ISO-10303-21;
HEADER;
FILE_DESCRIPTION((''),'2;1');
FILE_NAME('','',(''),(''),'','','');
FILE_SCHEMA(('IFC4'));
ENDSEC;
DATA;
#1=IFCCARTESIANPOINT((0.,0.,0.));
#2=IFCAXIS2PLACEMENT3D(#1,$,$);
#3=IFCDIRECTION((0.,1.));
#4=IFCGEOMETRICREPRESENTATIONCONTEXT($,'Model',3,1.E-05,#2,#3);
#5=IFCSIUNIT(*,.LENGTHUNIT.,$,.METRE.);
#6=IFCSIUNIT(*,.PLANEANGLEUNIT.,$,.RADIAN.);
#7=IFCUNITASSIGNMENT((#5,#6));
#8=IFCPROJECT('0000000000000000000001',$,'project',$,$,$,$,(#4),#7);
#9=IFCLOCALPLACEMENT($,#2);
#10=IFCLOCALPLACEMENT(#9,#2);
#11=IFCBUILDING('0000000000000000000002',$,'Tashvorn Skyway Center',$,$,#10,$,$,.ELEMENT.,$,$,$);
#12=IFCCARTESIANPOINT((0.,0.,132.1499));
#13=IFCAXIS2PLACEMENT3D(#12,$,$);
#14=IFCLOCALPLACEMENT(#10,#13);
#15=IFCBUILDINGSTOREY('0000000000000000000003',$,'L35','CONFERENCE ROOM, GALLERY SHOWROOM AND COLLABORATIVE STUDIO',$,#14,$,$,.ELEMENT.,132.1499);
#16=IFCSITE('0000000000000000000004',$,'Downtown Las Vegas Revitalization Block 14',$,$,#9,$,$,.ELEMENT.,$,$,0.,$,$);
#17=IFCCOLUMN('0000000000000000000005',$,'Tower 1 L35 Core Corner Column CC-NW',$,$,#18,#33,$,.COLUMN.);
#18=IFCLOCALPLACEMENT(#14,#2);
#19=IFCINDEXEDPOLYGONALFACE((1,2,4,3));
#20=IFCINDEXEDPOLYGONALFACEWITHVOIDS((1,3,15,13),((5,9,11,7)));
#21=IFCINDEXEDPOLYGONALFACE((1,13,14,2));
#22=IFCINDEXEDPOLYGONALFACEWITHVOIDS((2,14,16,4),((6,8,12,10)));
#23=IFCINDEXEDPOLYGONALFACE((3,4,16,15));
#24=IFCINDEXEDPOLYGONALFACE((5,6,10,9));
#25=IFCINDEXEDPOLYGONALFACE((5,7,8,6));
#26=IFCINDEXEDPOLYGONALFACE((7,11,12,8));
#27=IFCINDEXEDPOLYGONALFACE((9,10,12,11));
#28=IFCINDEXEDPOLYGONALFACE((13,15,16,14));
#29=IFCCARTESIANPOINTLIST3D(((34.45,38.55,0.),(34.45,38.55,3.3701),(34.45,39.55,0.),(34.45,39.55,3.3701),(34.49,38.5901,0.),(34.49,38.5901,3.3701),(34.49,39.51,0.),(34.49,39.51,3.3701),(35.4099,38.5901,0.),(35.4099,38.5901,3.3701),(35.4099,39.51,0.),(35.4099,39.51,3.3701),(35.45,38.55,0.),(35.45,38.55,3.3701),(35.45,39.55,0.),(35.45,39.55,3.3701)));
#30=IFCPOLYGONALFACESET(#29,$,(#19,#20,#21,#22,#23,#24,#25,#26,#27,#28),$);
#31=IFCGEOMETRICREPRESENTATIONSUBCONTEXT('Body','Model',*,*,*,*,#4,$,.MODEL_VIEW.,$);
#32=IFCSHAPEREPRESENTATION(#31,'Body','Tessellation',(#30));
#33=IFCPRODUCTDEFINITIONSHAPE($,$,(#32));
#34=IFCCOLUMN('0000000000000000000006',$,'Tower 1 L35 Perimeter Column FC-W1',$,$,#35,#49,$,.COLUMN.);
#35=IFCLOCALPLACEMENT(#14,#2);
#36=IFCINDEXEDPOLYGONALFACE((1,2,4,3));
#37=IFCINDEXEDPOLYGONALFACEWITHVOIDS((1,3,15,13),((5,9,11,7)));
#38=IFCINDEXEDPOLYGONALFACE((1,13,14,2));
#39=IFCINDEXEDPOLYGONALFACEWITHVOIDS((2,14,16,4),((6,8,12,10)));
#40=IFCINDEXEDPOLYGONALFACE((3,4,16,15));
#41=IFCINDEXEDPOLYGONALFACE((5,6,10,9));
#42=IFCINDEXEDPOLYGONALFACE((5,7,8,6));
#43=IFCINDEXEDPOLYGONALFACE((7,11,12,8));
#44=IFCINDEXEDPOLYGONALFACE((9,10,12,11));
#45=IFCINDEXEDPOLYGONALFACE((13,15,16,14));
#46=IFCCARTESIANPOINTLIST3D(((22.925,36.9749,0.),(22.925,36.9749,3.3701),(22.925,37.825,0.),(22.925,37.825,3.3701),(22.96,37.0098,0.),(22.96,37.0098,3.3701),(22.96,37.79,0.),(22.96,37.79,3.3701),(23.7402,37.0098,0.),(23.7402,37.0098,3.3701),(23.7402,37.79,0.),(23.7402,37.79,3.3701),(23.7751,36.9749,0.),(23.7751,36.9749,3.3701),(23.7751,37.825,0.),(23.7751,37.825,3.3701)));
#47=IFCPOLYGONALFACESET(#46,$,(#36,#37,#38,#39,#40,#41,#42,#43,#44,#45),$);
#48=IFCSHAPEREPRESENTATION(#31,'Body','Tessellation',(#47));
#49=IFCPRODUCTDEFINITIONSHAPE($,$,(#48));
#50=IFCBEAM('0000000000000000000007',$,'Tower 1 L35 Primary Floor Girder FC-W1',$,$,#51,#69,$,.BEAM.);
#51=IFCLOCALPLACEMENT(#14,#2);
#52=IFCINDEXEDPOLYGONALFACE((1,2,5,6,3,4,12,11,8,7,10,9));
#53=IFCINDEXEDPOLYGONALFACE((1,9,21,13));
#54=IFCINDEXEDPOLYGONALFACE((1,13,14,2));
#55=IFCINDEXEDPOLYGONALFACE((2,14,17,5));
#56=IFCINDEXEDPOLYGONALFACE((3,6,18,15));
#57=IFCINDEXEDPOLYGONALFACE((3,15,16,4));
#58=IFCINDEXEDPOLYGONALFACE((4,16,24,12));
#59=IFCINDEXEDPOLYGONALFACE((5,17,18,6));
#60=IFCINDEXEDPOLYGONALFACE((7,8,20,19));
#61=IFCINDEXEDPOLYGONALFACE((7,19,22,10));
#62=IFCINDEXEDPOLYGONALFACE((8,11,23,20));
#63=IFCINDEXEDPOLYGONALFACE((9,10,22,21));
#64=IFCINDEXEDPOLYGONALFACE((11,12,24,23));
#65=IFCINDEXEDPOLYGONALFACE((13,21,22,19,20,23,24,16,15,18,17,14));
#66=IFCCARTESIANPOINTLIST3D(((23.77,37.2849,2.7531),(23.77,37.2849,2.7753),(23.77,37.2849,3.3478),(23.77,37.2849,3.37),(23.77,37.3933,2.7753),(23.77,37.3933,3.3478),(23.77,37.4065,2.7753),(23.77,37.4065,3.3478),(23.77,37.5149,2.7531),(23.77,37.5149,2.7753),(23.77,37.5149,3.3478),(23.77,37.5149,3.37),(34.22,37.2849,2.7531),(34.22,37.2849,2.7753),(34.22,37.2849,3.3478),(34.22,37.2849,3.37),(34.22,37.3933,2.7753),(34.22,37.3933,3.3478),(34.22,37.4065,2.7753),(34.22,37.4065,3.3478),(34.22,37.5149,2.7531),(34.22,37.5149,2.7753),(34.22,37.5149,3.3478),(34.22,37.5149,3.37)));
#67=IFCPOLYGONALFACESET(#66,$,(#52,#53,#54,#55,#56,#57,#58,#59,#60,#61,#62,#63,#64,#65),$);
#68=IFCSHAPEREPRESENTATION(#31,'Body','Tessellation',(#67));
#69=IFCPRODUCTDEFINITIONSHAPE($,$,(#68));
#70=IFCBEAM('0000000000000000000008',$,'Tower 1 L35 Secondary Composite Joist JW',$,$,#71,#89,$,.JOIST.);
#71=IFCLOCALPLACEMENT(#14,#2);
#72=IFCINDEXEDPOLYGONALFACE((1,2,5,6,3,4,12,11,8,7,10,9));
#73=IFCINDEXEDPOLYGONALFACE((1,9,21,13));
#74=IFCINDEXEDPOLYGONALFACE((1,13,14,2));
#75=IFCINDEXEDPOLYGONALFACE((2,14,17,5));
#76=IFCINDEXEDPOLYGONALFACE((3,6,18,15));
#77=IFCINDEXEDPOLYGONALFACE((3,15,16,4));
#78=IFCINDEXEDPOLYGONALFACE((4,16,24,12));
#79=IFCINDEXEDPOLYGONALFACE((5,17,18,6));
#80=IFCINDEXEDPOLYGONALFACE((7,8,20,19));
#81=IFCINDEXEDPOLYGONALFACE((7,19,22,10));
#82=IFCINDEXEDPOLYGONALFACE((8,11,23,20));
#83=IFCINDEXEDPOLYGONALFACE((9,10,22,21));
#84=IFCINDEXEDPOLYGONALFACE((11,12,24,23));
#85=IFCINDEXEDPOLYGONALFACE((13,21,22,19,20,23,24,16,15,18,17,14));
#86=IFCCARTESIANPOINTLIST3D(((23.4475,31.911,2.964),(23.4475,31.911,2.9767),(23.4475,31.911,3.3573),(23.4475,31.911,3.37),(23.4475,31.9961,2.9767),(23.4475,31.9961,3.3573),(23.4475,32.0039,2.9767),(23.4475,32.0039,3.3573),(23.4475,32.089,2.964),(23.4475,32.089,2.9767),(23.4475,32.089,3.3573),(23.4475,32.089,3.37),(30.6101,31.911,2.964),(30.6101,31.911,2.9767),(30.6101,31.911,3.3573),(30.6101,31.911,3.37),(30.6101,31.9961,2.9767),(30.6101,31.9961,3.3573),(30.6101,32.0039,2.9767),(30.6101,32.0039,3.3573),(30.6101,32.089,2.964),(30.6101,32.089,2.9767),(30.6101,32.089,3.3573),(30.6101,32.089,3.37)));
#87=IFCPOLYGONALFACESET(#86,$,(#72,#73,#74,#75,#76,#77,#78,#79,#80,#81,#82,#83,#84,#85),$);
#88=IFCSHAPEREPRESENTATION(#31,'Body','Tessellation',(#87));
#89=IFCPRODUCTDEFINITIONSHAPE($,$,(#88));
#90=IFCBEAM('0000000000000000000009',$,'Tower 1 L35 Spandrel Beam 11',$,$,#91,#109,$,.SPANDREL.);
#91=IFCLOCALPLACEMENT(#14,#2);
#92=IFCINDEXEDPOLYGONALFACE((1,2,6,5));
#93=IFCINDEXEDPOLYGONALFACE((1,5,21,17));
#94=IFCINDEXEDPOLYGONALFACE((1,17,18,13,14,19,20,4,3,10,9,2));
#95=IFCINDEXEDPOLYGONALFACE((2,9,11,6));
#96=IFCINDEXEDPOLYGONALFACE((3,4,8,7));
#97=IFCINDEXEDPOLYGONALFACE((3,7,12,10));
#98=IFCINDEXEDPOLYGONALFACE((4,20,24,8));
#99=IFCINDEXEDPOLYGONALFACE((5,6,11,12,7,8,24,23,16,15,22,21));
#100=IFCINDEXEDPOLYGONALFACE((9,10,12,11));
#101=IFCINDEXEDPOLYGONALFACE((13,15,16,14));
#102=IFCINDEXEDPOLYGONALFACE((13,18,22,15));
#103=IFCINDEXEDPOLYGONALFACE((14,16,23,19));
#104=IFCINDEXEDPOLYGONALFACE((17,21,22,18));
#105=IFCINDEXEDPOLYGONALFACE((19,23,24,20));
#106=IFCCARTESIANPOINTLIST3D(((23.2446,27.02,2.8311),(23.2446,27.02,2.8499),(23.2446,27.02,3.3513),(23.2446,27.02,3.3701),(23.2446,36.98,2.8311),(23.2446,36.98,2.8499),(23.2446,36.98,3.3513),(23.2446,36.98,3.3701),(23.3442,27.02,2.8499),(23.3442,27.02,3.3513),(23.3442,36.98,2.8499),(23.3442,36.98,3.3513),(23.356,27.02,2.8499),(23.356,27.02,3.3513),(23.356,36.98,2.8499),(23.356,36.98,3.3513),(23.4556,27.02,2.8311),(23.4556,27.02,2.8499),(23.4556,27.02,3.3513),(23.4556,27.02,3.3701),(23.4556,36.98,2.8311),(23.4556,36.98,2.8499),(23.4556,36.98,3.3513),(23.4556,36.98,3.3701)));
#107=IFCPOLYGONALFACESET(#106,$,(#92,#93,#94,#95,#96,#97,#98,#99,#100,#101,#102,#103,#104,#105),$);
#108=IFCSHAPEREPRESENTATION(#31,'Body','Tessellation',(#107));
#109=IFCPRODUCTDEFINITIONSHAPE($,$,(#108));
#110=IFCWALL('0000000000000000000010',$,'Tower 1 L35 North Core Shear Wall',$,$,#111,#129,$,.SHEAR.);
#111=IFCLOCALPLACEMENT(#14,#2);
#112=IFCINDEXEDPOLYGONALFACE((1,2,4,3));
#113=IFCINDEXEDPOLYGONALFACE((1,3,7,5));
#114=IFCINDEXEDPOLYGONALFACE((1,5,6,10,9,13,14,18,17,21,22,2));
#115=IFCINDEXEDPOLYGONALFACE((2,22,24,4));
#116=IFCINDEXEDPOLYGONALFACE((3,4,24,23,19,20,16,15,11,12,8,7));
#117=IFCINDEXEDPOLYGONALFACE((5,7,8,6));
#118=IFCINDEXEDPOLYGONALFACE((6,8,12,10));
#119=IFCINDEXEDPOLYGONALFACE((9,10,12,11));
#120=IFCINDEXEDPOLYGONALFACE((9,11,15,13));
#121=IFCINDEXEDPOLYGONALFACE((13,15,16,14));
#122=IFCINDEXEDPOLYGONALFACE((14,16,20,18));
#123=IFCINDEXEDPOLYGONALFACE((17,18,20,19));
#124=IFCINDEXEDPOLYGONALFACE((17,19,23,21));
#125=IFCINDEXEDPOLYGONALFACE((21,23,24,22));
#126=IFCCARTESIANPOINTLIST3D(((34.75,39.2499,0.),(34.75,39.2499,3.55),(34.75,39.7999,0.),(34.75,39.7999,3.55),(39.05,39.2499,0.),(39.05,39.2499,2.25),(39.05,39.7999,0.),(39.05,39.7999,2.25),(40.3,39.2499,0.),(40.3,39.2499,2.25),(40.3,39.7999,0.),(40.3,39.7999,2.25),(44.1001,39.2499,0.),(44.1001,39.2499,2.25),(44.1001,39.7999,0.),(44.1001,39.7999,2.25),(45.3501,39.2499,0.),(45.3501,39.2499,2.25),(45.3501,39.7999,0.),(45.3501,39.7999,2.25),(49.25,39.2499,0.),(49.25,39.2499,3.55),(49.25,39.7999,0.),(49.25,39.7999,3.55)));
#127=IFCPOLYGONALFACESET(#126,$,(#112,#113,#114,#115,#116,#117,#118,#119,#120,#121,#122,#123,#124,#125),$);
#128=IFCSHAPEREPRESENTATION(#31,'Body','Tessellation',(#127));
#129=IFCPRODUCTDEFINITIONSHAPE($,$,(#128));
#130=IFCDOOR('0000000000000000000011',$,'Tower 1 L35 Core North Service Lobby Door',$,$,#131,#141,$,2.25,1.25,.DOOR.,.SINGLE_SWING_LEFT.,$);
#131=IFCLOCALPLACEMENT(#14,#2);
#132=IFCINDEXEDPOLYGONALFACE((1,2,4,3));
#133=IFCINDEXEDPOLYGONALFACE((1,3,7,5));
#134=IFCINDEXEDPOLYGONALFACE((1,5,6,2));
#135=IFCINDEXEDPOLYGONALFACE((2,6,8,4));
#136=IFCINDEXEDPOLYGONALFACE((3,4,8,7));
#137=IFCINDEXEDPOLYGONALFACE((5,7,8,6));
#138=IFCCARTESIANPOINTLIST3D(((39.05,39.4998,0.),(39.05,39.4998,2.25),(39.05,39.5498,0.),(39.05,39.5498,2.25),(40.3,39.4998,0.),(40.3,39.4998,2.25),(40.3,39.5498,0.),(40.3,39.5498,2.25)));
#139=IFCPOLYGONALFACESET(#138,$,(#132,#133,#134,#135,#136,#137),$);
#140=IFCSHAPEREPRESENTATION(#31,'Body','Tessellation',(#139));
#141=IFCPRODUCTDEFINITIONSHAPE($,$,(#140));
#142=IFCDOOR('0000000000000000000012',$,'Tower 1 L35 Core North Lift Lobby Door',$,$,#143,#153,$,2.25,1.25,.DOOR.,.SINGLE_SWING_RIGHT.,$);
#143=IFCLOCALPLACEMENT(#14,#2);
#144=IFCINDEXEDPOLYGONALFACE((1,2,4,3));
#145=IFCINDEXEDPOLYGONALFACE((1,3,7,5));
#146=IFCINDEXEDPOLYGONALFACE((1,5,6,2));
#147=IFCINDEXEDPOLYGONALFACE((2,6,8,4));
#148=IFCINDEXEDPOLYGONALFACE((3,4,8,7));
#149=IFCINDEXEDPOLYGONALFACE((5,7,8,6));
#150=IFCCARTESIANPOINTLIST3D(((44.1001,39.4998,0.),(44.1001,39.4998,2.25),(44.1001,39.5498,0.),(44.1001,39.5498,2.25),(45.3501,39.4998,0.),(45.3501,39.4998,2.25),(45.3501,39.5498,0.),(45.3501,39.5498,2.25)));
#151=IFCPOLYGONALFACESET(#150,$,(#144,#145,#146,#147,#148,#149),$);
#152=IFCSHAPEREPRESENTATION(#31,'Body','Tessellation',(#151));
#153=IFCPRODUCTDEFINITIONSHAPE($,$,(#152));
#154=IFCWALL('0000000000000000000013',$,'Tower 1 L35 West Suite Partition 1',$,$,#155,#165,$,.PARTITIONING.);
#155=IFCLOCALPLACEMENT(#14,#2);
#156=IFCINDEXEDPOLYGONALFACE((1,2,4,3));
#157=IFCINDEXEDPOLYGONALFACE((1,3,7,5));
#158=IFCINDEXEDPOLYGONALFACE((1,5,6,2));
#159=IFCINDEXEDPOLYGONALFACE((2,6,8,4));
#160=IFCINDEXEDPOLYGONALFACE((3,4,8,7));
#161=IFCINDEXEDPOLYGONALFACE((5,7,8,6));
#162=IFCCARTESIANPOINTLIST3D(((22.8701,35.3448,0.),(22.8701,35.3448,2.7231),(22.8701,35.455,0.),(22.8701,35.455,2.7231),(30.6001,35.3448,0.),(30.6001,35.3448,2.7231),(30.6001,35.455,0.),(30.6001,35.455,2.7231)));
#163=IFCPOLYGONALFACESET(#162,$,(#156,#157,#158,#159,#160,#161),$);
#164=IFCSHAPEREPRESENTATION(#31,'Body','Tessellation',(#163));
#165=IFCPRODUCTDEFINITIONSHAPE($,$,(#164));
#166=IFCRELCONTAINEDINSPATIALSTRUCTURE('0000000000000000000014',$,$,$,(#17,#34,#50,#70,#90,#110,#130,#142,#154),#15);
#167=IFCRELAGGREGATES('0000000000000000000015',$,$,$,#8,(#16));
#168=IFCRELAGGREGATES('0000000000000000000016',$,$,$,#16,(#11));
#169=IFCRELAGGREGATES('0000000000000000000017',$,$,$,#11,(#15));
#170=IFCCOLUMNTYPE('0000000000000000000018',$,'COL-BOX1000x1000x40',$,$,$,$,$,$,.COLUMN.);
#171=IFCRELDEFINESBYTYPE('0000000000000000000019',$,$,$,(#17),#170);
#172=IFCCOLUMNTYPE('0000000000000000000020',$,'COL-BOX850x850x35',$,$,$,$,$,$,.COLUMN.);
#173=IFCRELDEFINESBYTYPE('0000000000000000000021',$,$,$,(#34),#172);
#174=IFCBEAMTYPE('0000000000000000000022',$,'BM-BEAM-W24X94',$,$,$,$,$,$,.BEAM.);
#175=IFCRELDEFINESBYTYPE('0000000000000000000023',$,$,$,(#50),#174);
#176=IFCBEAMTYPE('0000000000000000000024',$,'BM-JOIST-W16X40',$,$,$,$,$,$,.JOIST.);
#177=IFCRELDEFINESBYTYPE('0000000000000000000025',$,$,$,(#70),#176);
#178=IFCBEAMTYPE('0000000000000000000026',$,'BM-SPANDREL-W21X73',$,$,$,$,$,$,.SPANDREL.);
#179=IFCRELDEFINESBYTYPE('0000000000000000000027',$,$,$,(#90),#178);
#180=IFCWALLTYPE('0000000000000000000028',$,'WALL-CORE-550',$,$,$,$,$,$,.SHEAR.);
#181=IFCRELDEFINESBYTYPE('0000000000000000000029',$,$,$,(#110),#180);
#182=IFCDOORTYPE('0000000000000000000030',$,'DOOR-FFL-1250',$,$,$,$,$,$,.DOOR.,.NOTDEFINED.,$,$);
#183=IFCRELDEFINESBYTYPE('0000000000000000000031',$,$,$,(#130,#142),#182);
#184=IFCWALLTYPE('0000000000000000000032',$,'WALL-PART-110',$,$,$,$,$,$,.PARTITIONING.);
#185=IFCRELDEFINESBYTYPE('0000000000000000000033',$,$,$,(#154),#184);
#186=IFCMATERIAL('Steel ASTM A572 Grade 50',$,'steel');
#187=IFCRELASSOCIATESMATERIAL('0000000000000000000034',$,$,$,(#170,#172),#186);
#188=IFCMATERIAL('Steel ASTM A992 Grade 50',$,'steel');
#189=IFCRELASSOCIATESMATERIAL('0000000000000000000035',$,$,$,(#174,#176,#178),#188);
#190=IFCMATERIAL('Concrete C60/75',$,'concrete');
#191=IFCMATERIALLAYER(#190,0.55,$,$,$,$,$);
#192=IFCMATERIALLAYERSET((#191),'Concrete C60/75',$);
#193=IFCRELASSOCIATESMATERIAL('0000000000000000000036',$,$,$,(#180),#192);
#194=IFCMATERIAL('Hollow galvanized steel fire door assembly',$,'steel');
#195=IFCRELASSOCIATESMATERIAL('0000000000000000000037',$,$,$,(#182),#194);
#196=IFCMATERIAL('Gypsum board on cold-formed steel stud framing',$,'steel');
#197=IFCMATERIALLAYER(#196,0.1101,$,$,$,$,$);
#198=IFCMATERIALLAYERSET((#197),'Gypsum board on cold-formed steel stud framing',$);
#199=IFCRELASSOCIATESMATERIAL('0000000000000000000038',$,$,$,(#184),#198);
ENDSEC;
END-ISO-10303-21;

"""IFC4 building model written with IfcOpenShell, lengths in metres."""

from ifc_helpers import new_model, si_unit, direction, frame, frame_2d, origin, origin_2d, place, context, subcontext, project, spatial, rectangle, hollow_rectangle, i_section, extrude, material, layer, layer_set, material_profile, profile_set, type_object, element, fill, save


model = new_model("IFC4")

# Units and contexts
model_context = context("Model", 3, precision=1e-05, world=origin(), true_north=direction((0.0, 1.0)))
body_context = subcontext(model_context, "Body", "Model", "MODEL_VIEW")
ifc_project = project(units=[si_unit("LENGTHUNIT", "METRE"), si_unit("PLANEANGLEUNIT", "RADIAN")], contexts=[model_context])

# Site, building, storey
site_placement = place(None, origin())
site = spatial("IfcSite", under=ifc_project, at=site_placement, Name="Downtown Las Vegas Revitalization Block 14", CompositionType="ELEMENT", RefElevation=0.0)
building_placement = place(site_placement, origin())
building = spatial("IfcBuilding", under=site, at=building_placement, Name="Tashvorn Skyway Center", CompositionType="ELEMENT")
storey_placement = place(building_placement, frame((0.0, 0.0, 132.1499)))
storey = spatial("IfcBuildingStorey", under=building, at=storey_placement, Name="L35", Description="CONFERENCE ROOM, GALLERY SHOWROOM AND COLLABORATIVE STUDIO", CompositionType="ELEMENT", Elevation=132.1499)

# Columns
ifc_material_1 = material(Name="Steel ASTM A572 Grade 50", Category="steel")
ifc_material_profile_1 = material_profile(ifc_material_1, hollow_rectangle(XDim=1.0, YDim=1.0, WallThickness=0.04, at=origin_2d()), Name="BOX1000x1000x40")
ifc_profile_set_1 = profile_set([ifc_material_profile_1], Name="Steel ASTM A572 Grade 50")
column_type_1 = type_object("IfcColumnType", Name="COL-BOX1000x1000x40", PredefinedType="COLUMN", material=ifc_profile_set_1)
column_1_placement = place(storey_placement, frame((34.95, 39.05, 0.0), z_axis=(0.0, 0.0, 1.0), x_axis=(1.0, 0.0, 0.0)))
element("IfcColumn", 1, at=column_1_placement, inside=storey, type_object=column_type_1, Name="Tower 1 L35 Core Corner Column CC-NW", PredefinedType="COLUMN", context=body_context, shape_type="SweptSolid", body=[
    extrude(hollow_rectangle(XDim=1.0, YDim=1.0, WallThickness=0.04, at=origin_2d()), origin(), (0.0, 0.0, 1.0), 3.3701),
])
ifc_material_profile_2 = material_profile(ifc_material_1, hollow_rectangle(XDim=0.8501, YDim=0.8501, WallThickness=0.0349, at=origin_2d()), Name="BOX850x850x35")
ifc_profile_set_2 = profile_set([ifc_material_profile_2], Name="Steel ASTM A572 Grade 50")
column_type_2 = type_object("IfcColumnType", Name="COL-BOX850x850x35", PredefinedType="COLUMN", material=ifc_profile_set_2)
column_2_placement = place(storey_placement, frame((23.3501, 37.3999, 0.0), z_axis=(0.0, 0.0, 1.0), x_axis=(1.0, 0.0, 0.0)))
element("IfcColumn", 2, at=column_2_placement, inside=storey, type_object=column_type_2, Name="Tower 1 L35 Perimeter Column FC-W1", PredefinedType="COLUMN", context=body_context, shape_type="SweptSolid", body=[
    extrude(hollow_rectangle(XDim=0.8501, YDim=0.8501, WallThickness=0.0349, at=origin_2d()), origin(), (0.0, 0.0, 1.0), 3.3701),
])

# Beams
ifc_material_2 = material(Name="Steel ASTM A992 Grade 50", Category="steel")
ifc_material_profile_3 = material_profile(ifc_material_2, i_section(OverallWidth=0.23, OverallDepth=0.6169, WebThickness=0.0132, FlangeThickness=0.0222, at=origin_2d()), Name="W24X94")
ifc_profile_set_3 = profile_set([ifc_material_profile_3], Name="Steel ASTM A992 Grade 50")
beam_type_1 = type_object("IfcBeamType", Name="BM-BEAM-W24X94", PredefinedType="BEAM", material=ifc_profile_set_3)
beam_1_placement = place(storey_placement, frame((23.77, 37.3999, 3.0615), z_axis=(1.0, 0.0, 0.0), x_axis=(0.0, 1.0, 0.0)))
element("IfcBeam", 3, at=beam_1_placement, inside=storey, type_object=beam_type_1, Name="Tower 1 L35 Primary Floor Girder FC-W1", PredefinedType="BEAM", context=body_context, shape_type="SweptSolid", body=[
    extrude(i_section(OverallWidth=0.23, OverallDepth=0.6169, WebThickness=0.0132, FlangeThickness=0.0222, at=origin_2d()), origin(), (0.0, 0.0, 1.0), 10.45),
])
ifc_material_profile_4 = material_profile(ifc_material_2, i_section(OverallWidth=0.178, OverallDepth=0.406, WebThickness=0.0078, FlangeThickness=0.0127, at=origin_2d()), Name="W16X40")
ifc_profile_set_4 = profile_set([ifc_material_profile_4], Name="Steel ASTM A992 Grade 50")
beam_type_2 = type_object("IfcBeamType", Name="BM-JOIST-W16X40", PredefinedType="JOIST", material=ifc_profile_set_4)
beam_2_placement = place(storey_placement, frame((30.6101, 32.0, 3.167), z_axis=(-1.0, 0.0, 0.0), x_axis=(0.0, -1.0, 0.0)))
element("IfcBeam", 4, at=beam_2_placement, inside=storey, type_object=beam_type_2, Name="Tower 1 L35 Secondary Composite Joist JW", PredefinedType="JOIST", context=body_context, shape_type="SweptSolid", body=[
    extrude(i_section(OverallWidth=0.178, OverallDepth=0.406, WebThickness=0.0078, FlangeThickness=0.0127, at=origin_2d()), origin(), (0.0, 0.0, 1.0), 7.1626),
])
ifc_material_profile_5 = material_profile(ifc_material_2, i_section(OverallWidth=0.2109, OverallDepth=0.5391, WebThickness=0.0117, FlangeThickness=0.0188, at=origin_2d()), Name="W21X73")
ifc_profile_set_5 = profile_set([ifc_material_profile_5], Name="Steel ASTM A992 Grade 50")
beam_type_3 = type_object("IfcBeamType", Name="BM-SPANDREL-W21X73", PredefinedType="SPANDREL", material=ifc_profile_set_5)
beam_3_placement = place(storey_placement, frame((23.3501, 36.98, 3.1006), z_axis=(0.0, -1.0, 0.0), x_axis=(1.0, 0.0, 0.0)))
element("IfcBeam", 5, at=beam_3_placement, inside=storey, type_object=beam_type_3, Name="Tower 1 L35 Spandrel Beam 11", PredefinedType="SPANDREL", context=body_context, shape_type="SweptSolid", body=[
    extrude(i_section(OverallWidth=0.2109, OverallDepth=0.5391, WebThickness=0.0117, FlangeThickness=0.0188, at=origin_2d()), origin(), (0.0, 0.0, 1.0), 9.96),
])

# Wall, openings, doors
ifc_material_3 = material(Name="Concrete C60/75", Category="concrete")
ifc_layer_1 = layer(ifc_material_3, 0.55)
ifc_layer_set_1 = layer_set([ifc_layer_1], Name="Concrete C60/75")
wall_type_1 = type_object("IfcWallType", Name="WALL-CORE-550", PredefinedType="SHEAR", material=ifc_layer_set_1)
wall_1_placement = place(storey_placement, frame((34.75, 39.5249, 0.0), z_axis=(0.0, 0.0, 1.0), x_axis=(1.0, 0.0, 0.0)))
wall_1 = element("IfcWall", 6, at=wall_1_placement, inside=storey, type_object=wall_type_1, Name="Tower 1 L35 North Core Shear Wall", PredefinedType="SHEAR", context=body_context, shape_type="SweptSolid", body=[
    extrude(rectangle(XDim=14.5, YDim=0.55, at=frame_2d((7.25, 0.0))), origin(), (0.0, 0.0, 1.0), 3.55),
])
opening_1_placement = place(wall_1_placement, frame((4.3, 0.0, 0.0)))
opening_1 = element("IfcOpeningElement", 7, at=opening_1_placement, cuts=wall_1, PredefinedType="OPENING", context=body_context, shape_type="SweptSolid", body=[
    extrude(rectangle(XDim=1.25, YDim=2.25, at=frame_2d((0.625, 1.125))), frame((0.0, 0.2849, 0.0), z_axis=(0.0, -1.0, 0.0), x_axis=(1.0, 0.0, 0.0)), (0.0, 0.0, 1.0), 0.5701),
])
opening_2_placement = place(wall_1_placement, frame((9.3501, 0.0, 0.0)))
opening_2 = element("IfcOpeningElement", 8, at=opening_2_placement, cuts=wall_1, PredefinedType="OPENING", context=body_context, shape_type="SweptSolid", body=[
    extrude(rectangle(XDim=1.25, YDim=2.25, at=frame_2d((0.625, 1.125))), frame((0.0, 0.2849, 0.0), z_axis=(0.0, -1.0, 0.0), x_axis=(1.0, 0.0, 0.0)), (0.0, 0.0, 1.0), 0.5701),
])
ifc_material_4 = material(Name="Hollow galvanized steel fire door assembly", Category="steel")
door_type_1 = type_object("IfcDoorType", Name="DOOR-FFL-1250", OperationType="NOTDEFINED", PredefinedType="DOOR", material=ifc_material_4)
door_1_placement = place(opening_1_placement, origin())
door_1 = element("IfcDoor", 9, at=door_1_placement, inside=storey, type_object=door_type_1, Name="Tower 1 L35 Core North Service Lobby Door", OperationType="SINGLE_SWING_LEFT", OverallHeight=2.25, OverallWidth=1.25, PredefinedType="DOOR", context=body_context, shape_type="SweptSolid", body=[
    extrude(rectangle(XDim=1.25, YDim=2.25, at=frame_2d((0.625, 1.125))), frame((0.0, 0.0249, 0.0), z_axis=(0.0, -1.0, 0.0), x_axis=(1.0, 0.0, 0.0)), (0.0, 0.0, 1.0), 0.05),
])
fill(opening_1, door_1)
door_2_placement = place(opening_2_placement, origin())
door_2 = element("IfcDoor", 10, at=door_2_placement, inside=storey, type_object=door_type_1, Name="Tower 1 L35 Core North Lift Lobby Door", OperationType="SINGLE_SWING_RIGHT", OverallHeight=2.25, OverallWidth=1.25, PredefinedType="DOOR", context=body_context, shape_type="SweptSolid", body=[
    extrude(rectangle(XDim=1.25, YDim=2.25, at=frame_2d((0.625, 1.125))), frame((0.0, 0.0249, 0.0), z_axis=(0.0, -1.0, 0.0), x_axis=(1.0, 0.0, 0.0)), (0.0, 0.0, 1.0), 0.05),
])
fill(opening_2, door_2)

# Wall
ifc_material_5 = material(Name="Gypsum board on cold-formed steel stud framing", Category="steel")
ifc_layer_2 = layer(ifc_material_5, 0.1101)
ifc_layer_set_2 = layer_set([ifc_layer_2], Name="Gypsum board on cold-formed steel stud framing")
wall_type_2 = type_object("IfcWallType", Name="WALL-PART-110", PredefinedType="PARTITIONING", material=ifc_layer_set_2)
wall_2_placement = place(storey_placement, frame((30.6001, 35.3999, 0.0), z_axis=(0.0, 0.0, 1.0), x_axis=(-1.0, 0.0, 0.0)))
element("IfcWall", 11, at=wall_2_placement, inside=storey, type_object=wall_type_2, Name="Tower 1 L35 West Suite Partition 1", PredefinedType="PARTITIONING", context=body_context, shape_type="SweptSolid", body=[
    extrude(rectangle(XDim=7.73, YDim=0.1101, at=frame_2d((3.865, 0.0))), origin(), (0.0, 0.0, 1.0), 2.7231),
])

save(model, "model.ifc")
